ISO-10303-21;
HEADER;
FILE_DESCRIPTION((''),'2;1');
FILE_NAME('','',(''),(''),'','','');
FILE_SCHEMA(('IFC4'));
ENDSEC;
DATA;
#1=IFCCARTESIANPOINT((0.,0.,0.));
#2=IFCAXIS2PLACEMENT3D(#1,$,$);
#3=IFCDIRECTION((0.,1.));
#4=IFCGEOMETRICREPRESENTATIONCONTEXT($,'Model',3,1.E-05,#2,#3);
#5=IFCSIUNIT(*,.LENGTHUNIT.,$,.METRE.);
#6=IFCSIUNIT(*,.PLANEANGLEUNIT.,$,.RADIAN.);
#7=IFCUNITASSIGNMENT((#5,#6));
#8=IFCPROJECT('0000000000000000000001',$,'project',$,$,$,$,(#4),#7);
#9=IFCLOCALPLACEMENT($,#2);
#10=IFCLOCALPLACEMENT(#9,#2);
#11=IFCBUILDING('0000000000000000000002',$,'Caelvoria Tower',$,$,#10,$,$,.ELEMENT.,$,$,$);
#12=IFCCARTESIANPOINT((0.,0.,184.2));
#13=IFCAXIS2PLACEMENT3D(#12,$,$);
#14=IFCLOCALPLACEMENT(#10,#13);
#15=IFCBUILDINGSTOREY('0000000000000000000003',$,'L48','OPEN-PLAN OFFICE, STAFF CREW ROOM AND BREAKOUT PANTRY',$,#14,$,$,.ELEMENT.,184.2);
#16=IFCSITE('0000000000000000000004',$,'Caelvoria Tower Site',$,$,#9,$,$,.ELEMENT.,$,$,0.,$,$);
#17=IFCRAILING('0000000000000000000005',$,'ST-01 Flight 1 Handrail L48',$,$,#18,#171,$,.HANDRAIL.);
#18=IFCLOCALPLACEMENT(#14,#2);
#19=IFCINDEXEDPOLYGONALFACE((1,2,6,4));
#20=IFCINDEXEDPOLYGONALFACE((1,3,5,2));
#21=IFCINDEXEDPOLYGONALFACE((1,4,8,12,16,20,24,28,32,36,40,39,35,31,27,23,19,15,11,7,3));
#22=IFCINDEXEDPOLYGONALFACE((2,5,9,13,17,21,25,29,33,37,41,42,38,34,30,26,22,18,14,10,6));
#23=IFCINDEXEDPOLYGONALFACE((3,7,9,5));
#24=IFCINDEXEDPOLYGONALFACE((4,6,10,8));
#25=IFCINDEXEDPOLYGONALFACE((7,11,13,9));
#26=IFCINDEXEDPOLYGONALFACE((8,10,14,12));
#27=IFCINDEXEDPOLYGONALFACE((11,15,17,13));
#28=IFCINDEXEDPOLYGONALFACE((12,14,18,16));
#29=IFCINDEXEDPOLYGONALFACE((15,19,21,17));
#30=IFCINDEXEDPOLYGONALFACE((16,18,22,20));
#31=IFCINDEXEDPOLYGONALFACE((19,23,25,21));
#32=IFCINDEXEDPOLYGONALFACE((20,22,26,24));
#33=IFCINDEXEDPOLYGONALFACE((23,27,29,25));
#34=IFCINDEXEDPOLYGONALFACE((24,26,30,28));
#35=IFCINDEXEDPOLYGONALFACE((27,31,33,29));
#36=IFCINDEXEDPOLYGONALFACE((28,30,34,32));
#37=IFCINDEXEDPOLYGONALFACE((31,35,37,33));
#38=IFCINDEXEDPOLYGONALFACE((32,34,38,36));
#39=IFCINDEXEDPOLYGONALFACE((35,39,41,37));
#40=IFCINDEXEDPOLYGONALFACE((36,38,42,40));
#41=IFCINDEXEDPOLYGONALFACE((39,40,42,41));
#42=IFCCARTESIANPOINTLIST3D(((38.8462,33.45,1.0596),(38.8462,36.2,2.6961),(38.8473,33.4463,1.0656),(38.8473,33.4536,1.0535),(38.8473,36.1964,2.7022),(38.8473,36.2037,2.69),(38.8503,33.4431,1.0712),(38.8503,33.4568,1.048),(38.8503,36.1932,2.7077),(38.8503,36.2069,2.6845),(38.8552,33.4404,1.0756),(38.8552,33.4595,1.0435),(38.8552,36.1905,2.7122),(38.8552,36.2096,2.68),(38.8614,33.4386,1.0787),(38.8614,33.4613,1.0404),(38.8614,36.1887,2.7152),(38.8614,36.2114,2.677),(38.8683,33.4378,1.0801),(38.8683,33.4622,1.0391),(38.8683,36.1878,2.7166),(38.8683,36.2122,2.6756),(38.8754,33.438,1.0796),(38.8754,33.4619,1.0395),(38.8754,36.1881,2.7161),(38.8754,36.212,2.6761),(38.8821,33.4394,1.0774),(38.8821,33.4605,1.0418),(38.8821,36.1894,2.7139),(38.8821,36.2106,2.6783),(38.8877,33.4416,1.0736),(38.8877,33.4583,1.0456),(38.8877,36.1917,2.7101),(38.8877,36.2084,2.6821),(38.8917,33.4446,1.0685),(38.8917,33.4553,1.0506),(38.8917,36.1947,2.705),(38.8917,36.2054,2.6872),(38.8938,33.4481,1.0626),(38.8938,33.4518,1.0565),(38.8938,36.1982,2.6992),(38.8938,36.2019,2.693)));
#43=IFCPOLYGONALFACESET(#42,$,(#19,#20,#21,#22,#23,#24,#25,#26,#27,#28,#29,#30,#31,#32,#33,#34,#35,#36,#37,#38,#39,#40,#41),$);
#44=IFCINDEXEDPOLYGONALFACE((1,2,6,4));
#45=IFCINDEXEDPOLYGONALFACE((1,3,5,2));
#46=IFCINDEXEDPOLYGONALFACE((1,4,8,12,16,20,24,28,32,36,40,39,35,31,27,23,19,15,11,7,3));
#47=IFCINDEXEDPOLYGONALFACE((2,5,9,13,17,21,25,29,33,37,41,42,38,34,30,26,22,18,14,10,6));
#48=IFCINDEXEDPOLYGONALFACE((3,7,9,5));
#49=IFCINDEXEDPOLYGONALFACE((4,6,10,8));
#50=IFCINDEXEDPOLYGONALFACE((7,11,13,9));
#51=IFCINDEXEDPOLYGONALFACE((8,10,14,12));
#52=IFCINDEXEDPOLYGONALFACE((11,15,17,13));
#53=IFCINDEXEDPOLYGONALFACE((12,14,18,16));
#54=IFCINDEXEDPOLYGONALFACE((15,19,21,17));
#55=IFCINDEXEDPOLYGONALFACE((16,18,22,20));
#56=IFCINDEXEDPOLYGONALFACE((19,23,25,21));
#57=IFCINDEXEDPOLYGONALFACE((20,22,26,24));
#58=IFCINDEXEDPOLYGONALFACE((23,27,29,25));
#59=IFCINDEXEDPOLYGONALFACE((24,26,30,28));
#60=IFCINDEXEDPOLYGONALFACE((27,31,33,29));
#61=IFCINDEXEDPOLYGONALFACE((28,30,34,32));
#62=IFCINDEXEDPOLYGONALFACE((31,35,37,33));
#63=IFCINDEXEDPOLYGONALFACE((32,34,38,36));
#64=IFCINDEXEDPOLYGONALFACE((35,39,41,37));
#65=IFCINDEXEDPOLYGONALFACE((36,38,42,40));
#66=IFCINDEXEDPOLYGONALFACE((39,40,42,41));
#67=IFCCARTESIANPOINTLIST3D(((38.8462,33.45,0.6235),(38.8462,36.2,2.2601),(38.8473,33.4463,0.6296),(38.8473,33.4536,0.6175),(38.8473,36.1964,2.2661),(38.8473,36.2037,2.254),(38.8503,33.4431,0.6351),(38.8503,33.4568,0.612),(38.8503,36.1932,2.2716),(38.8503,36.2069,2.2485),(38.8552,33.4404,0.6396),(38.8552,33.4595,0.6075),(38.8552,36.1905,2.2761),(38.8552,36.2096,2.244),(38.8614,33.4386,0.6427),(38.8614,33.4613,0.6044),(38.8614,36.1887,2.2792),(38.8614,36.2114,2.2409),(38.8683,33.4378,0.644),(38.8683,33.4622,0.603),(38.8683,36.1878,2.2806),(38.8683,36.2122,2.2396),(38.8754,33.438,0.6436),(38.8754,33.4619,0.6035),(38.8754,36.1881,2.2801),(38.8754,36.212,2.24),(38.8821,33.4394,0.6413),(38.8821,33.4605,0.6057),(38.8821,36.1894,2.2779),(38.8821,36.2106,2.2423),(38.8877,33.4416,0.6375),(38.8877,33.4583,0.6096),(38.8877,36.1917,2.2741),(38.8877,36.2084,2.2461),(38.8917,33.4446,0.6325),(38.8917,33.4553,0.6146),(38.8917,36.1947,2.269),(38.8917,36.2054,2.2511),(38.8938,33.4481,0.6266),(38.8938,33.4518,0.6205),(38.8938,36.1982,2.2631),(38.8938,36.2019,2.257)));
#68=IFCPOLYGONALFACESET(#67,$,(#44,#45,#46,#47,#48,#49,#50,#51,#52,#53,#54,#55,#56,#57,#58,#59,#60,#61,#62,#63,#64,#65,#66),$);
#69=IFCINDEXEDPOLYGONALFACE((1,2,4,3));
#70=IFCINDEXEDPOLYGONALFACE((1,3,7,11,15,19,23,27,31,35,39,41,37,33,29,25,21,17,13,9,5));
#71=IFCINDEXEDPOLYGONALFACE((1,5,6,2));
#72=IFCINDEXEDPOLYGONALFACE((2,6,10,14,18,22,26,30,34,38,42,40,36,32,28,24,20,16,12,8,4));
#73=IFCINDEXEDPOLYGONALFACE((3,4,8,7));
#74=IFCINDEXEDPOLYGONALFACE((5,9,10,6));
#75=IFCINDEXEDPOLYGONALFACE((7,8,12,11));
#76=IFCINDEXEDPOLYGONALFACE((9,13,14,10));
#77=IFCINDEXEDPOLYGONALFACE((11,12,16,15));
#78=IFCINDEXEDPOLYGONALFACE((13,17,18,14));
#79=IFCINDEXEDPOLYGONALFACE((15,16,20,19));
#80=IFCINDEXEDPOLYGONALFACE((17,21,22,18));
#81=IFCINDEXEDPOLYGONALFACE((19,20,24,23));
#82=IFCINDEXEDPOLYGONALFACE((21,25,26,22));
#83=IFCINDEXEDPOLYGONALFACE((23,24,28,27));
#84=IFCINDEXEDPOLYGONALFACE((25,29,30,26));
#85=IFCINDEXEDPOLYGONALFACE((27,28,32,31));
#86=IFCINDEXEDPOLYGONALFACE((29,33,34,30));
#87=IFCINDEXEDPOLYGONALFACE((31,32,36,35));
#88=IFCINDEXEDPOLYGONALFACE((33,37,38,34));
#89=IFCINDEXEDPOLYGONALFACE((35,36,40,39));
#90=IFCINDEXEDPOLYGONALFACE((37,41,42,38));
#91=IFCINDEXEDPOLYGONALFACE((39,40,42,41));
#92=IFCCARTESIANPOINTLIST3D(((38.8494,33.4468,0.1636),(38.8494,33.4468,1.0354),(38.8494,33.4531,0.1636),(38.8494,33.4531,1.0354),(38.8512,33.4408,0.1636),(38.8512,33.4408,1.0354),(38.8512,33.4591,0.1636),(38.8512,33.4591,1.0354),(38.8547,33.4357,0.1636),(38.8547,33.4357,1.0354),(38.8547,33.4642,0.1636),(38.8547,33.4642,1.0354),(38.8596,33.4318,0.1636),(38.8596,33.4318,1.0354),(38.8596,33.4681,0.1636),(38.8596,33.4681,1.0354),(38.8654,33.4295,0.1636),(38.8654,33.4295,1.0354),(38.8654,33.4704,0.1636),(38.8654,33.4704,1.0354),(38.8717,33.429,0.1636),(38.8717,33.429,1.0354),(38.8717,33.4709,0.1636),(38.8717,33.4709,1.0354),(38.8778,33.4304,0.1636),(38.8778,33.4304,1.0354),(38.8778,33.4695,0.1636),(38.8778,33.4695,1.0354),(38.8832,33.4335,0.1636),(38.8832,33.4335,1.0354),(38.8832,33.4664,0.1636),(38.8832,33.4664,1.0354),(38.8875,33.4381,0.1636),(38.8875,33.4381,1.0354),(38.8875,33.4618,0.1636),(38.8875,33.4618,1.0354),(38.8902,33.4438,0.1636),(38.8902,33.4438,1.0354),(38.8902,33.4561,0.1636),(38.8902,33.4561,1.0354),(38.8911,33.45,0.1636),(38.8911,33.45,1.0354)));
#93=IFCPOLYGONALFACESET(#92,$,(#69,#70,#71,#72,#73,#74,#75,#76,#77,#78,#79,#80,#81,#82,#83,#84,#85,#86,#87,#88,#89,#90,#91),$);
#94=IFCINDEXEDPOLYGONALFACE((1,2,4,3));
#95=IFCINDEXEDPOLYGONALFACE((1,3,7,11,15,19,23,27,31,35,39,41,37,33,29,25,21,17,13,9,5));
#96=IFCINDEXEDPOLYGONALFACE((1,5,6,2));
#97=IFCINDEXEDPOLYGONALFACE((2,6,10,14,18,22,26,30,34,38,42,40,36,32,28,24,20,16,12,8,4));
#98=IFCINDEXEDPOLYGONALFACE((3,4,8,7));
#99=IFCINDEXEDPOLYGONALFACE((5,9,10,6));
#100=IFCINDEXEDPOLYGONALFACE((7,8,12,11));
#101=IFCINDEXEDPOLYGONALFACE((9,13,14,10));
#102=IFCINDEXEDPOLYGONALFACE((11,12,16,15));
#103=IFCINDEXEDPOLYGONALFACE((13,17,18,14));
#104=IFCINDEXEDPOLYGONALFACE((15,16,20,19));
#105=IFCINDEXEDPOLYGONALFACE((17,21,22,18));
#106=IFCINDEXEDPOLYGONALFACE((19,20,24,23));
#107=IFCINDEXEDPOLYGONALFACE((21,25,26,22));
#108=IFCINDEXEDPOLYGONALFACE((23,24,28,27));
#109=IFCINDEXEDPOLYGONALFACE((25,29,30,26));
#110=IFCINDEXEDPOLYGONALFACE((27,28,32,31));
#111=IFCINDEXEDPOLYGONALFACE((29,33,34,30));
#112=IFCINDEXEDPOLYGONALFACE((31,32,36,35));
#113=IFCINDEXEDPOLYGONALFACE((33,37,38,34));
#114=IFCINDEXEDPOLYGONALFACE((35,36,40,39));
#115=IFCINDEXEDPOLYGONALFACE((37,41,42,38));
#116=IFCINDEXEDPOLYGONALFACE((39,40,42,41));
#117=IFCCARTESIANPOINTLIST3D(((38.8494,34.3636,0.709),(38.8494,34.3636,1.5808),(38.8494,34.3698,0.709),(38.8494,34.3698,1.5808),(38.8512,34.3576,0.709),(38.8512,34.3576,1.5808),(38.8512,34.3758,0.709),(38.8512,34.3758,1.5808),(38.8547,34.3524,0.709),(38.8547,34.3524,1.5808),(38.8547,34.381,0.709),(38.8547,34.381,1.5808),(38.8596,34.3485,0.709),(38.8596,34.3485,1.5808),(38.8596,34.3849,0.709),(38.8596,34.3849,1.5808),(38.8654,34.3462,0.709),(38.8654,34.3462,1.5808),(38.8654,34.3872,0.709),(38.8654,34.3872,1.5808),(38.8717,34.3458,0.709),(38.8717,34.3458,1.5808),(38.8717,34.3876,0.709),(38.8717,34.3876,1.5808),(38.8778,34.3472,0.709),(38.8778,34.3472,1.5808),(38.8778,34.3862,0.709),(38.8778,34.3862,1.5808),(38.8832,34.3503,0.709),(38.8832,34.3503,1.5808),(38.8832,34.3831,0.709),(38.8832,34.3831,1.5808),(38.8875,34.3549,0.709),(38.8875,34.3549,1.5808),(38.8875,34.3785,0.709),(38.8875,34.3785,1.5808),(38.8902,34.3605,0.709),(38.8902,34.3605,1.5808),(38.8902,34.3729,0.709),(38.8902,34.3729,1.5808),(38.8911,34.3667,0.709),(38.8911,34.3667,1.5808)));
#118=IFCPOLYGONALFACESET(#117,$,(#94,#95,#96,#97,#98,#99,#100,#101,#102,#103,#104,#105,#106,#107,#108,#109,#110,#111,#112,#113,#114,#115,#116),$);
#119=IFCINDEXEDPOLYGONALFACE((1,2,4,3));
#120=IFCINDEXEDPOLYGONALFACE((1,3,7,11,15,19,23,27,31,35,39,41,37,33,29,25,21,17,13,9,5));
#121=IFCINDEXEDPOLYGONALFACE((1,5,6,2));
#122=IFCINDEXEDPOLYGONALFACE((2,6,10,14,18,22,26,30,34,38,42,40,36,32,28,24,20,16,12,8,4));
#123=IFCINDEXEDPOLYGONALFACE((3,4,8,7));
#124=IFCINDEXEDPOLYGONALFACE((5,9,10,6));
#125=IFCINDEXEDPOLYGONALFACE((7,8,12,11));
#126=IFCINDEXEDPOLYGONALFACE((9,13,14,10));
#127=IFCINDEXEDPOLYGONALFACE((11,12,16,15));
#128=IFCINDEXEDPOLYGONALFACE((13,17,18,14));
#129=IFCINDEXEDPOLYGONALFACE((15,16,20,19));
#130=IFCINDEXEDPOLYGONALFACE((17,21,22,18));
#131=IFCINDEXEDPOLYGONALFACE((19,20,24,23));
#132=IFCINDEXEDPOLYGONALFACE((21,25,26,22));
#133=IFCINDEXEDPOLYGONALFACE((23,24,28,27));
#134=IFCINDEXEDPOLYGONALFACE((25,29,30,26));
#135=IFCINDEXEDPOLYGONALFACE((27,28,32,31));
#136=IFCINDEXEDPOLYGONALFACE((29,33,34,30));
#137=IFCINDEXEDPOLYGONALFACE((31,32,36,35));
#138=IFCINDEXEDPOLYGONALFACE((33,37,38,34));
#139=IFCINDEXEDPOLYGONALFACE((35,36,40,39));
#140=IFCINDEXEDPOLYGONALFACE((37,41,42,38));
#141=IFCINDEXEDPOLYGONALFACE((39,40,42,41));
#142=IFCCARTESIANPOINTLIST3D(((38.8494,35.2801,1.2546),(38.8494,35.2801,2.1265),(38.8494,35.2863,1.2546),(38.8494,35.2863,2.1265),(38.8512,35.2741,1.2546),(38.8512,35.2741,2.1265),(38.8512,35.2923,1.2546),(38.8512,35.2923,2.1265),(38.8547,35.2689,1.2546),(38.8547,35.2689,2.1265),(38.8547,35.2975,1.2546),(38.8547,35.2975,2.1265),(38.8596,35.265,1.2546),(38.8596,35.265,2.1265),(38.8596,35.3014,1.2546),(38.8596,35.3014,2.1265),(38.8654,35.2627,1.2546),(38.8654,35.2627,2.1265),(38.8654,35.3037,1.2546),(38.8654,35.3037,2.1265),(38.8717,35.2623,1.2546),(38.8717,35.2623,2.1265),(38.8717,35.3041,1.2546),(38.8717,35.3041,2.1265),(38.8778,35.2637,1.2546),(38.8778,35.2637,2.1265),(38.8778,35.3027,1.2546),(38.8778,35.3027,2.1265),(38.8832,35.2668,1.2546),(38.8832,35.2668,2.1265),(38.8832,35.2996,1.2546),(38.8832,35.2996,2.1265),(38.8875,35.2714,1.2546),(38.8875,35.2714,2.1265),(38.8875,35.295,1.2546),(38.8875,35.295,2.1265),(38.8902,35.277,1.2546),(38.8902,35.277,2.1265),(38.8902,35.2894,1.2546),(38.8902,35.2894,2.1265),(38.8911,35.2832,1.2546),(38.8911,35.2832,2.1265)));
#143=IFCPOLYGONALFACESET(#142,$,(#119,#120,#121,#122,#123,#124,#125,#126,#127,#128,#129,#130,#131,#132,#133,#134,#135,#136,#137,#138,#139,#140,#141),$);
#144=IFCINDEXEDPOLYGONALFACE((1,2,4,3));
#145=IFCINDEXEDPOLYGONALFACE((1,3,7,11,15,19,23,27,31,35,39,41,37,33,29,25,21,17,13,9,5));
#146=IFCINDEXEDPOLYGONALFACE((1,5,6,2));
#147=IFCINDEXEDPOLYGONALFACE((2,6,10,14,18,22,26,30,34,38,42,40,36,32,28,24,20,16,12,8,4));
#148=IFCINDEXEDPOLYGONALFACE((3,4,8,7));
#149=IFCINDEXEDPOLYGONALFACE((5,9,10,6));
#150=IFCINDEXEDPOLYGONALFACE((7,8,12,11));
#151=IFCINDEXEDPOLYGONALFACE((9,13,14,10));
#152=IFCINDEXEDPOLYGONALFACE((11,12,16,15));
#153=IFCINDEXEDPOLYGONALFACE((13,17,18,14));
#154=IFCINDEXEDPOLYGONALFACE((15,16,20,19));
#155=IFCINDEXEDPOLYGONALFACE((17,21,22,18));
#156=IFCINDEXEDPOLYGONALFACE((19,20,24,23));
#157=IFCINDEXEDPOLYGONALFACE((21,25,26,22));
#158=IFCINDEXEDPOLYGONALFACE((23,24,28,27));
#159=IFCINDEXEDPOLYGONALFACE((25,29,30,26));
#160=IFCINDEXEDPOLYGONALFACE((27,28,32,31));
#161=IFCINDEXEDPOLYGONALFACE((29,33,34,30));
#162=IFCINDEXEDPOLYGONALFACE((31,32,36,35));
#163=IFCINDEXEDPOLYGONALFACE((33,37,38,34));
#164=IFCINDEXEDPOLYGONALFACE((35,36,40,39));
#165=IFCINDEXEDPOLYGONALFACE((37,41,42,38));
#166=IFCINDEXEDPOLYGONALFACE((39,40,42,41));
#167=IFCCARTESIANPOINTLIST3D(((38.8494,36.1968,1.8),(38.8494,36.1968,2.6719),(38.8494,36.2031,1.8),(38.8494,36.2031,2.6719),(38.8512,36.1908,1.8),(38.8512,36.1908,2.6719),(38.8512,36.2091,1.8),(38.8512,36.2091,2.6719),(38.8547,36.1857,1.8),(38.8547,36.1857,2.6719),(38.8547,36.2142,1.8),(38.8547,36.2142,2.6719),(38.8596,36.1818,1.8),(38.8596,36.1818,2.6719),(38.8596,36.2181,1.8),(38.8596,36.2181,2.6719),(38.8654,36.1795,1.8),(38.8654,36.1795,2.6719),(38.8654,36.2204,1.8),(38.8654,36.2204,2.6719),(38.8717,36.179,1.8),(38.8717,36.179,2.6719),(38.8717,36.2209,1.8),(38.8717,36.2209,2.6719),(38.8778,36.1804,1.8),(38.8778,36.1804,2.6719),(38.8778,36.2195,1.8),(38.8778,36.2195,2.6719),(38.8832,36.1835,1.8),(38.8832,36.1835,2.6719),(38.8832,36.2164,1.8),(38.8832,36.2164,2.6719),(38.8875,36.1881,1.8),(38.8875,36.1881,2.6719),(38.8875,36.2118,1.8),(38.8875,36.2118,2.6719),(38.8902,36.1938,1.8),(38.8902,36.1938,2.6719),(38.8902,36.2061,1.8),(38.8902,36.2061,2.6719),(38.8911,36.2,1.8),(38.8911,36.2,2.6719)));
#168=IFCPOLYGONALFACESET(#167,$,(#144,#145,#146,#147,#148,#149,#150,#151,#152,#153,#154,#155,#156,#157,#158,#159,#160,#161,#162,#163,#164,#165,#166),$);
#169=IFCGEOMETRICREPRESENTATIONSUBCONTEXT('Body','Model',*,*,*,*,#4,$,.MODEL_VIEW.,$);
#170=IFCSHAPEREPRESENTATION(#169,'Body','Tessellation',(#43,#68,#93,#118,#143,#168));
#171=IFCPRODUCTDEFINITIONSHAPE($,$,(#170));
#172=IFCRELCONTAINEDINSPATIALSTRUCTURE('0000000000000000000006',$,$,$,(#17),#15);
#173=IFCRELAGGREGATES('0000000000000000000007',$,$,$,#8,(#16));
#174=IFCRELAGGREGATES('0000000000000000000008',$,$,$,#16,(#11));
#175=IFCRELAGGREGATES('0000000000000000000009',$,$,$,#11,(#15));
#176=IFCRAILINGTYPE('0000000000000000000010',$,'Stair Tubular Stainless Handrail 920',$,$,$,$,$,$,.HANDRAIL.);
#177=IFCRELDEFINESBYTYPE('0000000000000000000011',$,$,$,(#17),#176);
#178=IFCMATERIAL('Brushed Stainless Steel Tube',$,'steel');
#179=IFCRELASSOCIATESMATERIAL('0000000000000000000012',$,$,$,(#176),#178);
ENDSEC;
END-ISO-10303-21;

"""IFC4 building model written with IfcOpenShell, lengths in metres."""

from ifc_helpers import new_model, si_unit, direction, frame, origin, origin_2d, place, context, subcontext, project, spatial, circle, extrude, material, type_object, element, save


model = new_model("IFC4")

# Units and contexts
model_context = context("Model", 3, precision=1e-05, world=origin(), true_north=direction((0.0, 1.0)))
body_context = subcontext(model_context, "Body", "Model", "MODEL_VIEW")
ifc_project = project(units=[si_unit("LENGTHUNIT", "METRE"), si_unit("PLANEANGLEUNIT", "RADIAN")], contexts=[model_context])

# Site, building, storey
site_placement = place(None, origin())
site = spatial("IfcSite", under=ifc_project, at=site_placement, Name="Caelvoria Tower Site", CompositionType="ELEMENT", RefElevation=0.0)
building_placement = place(site_placement, origin())
building = spatial("IfcBuilding", under=site, at=building_placement, Name="Caelvoria Tower", CompositionType="ELEMENT")
storey_placement = place(building_placement, frame((0.0, 0.0, 184.2)))
storey = spatial("IfcBuildingStorey", under=building, at=storey_placement, Name="L48", Description="OPEN-PLAN OFFICE, STAFF CREW ROOM AND BREAKOUT PANTRY", CompositionType="ELEMENT", Elevation=184.2)

# Railing
ifc_material_1 = material(Name="Brushed Stainless Steel Tube", Category="steel")
railing_type_1 = type_object("IfcRailingType", Name="Stair Tubular Stainless Handrail 920", PredefinedType="HANDRAIL", material=ifc_material_1)
railing_1_placement = place(storey_placement, frame((38.8701, 33.45, 0.1636)))
element("IfcRailing", 1, at=railing_1_placement, inside=storey, type_object=railing_type_1, Name="ST-01 Flight 1 Handrail L48", PredefinedType="HANDRAIL", context=body_context, shape_type="SweptSolid", body=[
    extrude(circle(Radius=0.0239, at=origin_2d()), frame((0.0, 0.0, 0.896), z_axis=(0.0, 0.859352, 0.511385), x_axis=(-1.0, 0.0, 0.0)), (0.0, 0.0, 1.0), 3.2002),
    extrude(circle(Radius=0.0239, at=origin_2d()), frame((0.0, 0.0, 0.46), z_axis=(0.0, 0.859352, 0.511385), x_axis=(-1.0, 0.0, 0.0)), (0.0, 0.0, 1.0), 3.2002),
    extrude(circle(Radius=0.021, at=origin_2d()), origin(), (0.0, 0.0, 1.0), 0.8718),
    extrude(circle(Radius=0.021, at=origin_2d()), frame((0.0, 0.9167, 0.5454)), (0.0, 0.0, 1.0), 0.8718),
    extrude(circle(Radius=0.021, at=origin_2d()), frame((0.0, 1.8333, 1.0911)), (0.0, 0.0, 1.0), 0.8718),
    extrude(circle(Radius=0.021, at=origin_2d()), frame((0.0, 2.75, 1.6365)), (0.0, 0.0, 1.0), 0.8718),
])

save(model, "model.ifc")
